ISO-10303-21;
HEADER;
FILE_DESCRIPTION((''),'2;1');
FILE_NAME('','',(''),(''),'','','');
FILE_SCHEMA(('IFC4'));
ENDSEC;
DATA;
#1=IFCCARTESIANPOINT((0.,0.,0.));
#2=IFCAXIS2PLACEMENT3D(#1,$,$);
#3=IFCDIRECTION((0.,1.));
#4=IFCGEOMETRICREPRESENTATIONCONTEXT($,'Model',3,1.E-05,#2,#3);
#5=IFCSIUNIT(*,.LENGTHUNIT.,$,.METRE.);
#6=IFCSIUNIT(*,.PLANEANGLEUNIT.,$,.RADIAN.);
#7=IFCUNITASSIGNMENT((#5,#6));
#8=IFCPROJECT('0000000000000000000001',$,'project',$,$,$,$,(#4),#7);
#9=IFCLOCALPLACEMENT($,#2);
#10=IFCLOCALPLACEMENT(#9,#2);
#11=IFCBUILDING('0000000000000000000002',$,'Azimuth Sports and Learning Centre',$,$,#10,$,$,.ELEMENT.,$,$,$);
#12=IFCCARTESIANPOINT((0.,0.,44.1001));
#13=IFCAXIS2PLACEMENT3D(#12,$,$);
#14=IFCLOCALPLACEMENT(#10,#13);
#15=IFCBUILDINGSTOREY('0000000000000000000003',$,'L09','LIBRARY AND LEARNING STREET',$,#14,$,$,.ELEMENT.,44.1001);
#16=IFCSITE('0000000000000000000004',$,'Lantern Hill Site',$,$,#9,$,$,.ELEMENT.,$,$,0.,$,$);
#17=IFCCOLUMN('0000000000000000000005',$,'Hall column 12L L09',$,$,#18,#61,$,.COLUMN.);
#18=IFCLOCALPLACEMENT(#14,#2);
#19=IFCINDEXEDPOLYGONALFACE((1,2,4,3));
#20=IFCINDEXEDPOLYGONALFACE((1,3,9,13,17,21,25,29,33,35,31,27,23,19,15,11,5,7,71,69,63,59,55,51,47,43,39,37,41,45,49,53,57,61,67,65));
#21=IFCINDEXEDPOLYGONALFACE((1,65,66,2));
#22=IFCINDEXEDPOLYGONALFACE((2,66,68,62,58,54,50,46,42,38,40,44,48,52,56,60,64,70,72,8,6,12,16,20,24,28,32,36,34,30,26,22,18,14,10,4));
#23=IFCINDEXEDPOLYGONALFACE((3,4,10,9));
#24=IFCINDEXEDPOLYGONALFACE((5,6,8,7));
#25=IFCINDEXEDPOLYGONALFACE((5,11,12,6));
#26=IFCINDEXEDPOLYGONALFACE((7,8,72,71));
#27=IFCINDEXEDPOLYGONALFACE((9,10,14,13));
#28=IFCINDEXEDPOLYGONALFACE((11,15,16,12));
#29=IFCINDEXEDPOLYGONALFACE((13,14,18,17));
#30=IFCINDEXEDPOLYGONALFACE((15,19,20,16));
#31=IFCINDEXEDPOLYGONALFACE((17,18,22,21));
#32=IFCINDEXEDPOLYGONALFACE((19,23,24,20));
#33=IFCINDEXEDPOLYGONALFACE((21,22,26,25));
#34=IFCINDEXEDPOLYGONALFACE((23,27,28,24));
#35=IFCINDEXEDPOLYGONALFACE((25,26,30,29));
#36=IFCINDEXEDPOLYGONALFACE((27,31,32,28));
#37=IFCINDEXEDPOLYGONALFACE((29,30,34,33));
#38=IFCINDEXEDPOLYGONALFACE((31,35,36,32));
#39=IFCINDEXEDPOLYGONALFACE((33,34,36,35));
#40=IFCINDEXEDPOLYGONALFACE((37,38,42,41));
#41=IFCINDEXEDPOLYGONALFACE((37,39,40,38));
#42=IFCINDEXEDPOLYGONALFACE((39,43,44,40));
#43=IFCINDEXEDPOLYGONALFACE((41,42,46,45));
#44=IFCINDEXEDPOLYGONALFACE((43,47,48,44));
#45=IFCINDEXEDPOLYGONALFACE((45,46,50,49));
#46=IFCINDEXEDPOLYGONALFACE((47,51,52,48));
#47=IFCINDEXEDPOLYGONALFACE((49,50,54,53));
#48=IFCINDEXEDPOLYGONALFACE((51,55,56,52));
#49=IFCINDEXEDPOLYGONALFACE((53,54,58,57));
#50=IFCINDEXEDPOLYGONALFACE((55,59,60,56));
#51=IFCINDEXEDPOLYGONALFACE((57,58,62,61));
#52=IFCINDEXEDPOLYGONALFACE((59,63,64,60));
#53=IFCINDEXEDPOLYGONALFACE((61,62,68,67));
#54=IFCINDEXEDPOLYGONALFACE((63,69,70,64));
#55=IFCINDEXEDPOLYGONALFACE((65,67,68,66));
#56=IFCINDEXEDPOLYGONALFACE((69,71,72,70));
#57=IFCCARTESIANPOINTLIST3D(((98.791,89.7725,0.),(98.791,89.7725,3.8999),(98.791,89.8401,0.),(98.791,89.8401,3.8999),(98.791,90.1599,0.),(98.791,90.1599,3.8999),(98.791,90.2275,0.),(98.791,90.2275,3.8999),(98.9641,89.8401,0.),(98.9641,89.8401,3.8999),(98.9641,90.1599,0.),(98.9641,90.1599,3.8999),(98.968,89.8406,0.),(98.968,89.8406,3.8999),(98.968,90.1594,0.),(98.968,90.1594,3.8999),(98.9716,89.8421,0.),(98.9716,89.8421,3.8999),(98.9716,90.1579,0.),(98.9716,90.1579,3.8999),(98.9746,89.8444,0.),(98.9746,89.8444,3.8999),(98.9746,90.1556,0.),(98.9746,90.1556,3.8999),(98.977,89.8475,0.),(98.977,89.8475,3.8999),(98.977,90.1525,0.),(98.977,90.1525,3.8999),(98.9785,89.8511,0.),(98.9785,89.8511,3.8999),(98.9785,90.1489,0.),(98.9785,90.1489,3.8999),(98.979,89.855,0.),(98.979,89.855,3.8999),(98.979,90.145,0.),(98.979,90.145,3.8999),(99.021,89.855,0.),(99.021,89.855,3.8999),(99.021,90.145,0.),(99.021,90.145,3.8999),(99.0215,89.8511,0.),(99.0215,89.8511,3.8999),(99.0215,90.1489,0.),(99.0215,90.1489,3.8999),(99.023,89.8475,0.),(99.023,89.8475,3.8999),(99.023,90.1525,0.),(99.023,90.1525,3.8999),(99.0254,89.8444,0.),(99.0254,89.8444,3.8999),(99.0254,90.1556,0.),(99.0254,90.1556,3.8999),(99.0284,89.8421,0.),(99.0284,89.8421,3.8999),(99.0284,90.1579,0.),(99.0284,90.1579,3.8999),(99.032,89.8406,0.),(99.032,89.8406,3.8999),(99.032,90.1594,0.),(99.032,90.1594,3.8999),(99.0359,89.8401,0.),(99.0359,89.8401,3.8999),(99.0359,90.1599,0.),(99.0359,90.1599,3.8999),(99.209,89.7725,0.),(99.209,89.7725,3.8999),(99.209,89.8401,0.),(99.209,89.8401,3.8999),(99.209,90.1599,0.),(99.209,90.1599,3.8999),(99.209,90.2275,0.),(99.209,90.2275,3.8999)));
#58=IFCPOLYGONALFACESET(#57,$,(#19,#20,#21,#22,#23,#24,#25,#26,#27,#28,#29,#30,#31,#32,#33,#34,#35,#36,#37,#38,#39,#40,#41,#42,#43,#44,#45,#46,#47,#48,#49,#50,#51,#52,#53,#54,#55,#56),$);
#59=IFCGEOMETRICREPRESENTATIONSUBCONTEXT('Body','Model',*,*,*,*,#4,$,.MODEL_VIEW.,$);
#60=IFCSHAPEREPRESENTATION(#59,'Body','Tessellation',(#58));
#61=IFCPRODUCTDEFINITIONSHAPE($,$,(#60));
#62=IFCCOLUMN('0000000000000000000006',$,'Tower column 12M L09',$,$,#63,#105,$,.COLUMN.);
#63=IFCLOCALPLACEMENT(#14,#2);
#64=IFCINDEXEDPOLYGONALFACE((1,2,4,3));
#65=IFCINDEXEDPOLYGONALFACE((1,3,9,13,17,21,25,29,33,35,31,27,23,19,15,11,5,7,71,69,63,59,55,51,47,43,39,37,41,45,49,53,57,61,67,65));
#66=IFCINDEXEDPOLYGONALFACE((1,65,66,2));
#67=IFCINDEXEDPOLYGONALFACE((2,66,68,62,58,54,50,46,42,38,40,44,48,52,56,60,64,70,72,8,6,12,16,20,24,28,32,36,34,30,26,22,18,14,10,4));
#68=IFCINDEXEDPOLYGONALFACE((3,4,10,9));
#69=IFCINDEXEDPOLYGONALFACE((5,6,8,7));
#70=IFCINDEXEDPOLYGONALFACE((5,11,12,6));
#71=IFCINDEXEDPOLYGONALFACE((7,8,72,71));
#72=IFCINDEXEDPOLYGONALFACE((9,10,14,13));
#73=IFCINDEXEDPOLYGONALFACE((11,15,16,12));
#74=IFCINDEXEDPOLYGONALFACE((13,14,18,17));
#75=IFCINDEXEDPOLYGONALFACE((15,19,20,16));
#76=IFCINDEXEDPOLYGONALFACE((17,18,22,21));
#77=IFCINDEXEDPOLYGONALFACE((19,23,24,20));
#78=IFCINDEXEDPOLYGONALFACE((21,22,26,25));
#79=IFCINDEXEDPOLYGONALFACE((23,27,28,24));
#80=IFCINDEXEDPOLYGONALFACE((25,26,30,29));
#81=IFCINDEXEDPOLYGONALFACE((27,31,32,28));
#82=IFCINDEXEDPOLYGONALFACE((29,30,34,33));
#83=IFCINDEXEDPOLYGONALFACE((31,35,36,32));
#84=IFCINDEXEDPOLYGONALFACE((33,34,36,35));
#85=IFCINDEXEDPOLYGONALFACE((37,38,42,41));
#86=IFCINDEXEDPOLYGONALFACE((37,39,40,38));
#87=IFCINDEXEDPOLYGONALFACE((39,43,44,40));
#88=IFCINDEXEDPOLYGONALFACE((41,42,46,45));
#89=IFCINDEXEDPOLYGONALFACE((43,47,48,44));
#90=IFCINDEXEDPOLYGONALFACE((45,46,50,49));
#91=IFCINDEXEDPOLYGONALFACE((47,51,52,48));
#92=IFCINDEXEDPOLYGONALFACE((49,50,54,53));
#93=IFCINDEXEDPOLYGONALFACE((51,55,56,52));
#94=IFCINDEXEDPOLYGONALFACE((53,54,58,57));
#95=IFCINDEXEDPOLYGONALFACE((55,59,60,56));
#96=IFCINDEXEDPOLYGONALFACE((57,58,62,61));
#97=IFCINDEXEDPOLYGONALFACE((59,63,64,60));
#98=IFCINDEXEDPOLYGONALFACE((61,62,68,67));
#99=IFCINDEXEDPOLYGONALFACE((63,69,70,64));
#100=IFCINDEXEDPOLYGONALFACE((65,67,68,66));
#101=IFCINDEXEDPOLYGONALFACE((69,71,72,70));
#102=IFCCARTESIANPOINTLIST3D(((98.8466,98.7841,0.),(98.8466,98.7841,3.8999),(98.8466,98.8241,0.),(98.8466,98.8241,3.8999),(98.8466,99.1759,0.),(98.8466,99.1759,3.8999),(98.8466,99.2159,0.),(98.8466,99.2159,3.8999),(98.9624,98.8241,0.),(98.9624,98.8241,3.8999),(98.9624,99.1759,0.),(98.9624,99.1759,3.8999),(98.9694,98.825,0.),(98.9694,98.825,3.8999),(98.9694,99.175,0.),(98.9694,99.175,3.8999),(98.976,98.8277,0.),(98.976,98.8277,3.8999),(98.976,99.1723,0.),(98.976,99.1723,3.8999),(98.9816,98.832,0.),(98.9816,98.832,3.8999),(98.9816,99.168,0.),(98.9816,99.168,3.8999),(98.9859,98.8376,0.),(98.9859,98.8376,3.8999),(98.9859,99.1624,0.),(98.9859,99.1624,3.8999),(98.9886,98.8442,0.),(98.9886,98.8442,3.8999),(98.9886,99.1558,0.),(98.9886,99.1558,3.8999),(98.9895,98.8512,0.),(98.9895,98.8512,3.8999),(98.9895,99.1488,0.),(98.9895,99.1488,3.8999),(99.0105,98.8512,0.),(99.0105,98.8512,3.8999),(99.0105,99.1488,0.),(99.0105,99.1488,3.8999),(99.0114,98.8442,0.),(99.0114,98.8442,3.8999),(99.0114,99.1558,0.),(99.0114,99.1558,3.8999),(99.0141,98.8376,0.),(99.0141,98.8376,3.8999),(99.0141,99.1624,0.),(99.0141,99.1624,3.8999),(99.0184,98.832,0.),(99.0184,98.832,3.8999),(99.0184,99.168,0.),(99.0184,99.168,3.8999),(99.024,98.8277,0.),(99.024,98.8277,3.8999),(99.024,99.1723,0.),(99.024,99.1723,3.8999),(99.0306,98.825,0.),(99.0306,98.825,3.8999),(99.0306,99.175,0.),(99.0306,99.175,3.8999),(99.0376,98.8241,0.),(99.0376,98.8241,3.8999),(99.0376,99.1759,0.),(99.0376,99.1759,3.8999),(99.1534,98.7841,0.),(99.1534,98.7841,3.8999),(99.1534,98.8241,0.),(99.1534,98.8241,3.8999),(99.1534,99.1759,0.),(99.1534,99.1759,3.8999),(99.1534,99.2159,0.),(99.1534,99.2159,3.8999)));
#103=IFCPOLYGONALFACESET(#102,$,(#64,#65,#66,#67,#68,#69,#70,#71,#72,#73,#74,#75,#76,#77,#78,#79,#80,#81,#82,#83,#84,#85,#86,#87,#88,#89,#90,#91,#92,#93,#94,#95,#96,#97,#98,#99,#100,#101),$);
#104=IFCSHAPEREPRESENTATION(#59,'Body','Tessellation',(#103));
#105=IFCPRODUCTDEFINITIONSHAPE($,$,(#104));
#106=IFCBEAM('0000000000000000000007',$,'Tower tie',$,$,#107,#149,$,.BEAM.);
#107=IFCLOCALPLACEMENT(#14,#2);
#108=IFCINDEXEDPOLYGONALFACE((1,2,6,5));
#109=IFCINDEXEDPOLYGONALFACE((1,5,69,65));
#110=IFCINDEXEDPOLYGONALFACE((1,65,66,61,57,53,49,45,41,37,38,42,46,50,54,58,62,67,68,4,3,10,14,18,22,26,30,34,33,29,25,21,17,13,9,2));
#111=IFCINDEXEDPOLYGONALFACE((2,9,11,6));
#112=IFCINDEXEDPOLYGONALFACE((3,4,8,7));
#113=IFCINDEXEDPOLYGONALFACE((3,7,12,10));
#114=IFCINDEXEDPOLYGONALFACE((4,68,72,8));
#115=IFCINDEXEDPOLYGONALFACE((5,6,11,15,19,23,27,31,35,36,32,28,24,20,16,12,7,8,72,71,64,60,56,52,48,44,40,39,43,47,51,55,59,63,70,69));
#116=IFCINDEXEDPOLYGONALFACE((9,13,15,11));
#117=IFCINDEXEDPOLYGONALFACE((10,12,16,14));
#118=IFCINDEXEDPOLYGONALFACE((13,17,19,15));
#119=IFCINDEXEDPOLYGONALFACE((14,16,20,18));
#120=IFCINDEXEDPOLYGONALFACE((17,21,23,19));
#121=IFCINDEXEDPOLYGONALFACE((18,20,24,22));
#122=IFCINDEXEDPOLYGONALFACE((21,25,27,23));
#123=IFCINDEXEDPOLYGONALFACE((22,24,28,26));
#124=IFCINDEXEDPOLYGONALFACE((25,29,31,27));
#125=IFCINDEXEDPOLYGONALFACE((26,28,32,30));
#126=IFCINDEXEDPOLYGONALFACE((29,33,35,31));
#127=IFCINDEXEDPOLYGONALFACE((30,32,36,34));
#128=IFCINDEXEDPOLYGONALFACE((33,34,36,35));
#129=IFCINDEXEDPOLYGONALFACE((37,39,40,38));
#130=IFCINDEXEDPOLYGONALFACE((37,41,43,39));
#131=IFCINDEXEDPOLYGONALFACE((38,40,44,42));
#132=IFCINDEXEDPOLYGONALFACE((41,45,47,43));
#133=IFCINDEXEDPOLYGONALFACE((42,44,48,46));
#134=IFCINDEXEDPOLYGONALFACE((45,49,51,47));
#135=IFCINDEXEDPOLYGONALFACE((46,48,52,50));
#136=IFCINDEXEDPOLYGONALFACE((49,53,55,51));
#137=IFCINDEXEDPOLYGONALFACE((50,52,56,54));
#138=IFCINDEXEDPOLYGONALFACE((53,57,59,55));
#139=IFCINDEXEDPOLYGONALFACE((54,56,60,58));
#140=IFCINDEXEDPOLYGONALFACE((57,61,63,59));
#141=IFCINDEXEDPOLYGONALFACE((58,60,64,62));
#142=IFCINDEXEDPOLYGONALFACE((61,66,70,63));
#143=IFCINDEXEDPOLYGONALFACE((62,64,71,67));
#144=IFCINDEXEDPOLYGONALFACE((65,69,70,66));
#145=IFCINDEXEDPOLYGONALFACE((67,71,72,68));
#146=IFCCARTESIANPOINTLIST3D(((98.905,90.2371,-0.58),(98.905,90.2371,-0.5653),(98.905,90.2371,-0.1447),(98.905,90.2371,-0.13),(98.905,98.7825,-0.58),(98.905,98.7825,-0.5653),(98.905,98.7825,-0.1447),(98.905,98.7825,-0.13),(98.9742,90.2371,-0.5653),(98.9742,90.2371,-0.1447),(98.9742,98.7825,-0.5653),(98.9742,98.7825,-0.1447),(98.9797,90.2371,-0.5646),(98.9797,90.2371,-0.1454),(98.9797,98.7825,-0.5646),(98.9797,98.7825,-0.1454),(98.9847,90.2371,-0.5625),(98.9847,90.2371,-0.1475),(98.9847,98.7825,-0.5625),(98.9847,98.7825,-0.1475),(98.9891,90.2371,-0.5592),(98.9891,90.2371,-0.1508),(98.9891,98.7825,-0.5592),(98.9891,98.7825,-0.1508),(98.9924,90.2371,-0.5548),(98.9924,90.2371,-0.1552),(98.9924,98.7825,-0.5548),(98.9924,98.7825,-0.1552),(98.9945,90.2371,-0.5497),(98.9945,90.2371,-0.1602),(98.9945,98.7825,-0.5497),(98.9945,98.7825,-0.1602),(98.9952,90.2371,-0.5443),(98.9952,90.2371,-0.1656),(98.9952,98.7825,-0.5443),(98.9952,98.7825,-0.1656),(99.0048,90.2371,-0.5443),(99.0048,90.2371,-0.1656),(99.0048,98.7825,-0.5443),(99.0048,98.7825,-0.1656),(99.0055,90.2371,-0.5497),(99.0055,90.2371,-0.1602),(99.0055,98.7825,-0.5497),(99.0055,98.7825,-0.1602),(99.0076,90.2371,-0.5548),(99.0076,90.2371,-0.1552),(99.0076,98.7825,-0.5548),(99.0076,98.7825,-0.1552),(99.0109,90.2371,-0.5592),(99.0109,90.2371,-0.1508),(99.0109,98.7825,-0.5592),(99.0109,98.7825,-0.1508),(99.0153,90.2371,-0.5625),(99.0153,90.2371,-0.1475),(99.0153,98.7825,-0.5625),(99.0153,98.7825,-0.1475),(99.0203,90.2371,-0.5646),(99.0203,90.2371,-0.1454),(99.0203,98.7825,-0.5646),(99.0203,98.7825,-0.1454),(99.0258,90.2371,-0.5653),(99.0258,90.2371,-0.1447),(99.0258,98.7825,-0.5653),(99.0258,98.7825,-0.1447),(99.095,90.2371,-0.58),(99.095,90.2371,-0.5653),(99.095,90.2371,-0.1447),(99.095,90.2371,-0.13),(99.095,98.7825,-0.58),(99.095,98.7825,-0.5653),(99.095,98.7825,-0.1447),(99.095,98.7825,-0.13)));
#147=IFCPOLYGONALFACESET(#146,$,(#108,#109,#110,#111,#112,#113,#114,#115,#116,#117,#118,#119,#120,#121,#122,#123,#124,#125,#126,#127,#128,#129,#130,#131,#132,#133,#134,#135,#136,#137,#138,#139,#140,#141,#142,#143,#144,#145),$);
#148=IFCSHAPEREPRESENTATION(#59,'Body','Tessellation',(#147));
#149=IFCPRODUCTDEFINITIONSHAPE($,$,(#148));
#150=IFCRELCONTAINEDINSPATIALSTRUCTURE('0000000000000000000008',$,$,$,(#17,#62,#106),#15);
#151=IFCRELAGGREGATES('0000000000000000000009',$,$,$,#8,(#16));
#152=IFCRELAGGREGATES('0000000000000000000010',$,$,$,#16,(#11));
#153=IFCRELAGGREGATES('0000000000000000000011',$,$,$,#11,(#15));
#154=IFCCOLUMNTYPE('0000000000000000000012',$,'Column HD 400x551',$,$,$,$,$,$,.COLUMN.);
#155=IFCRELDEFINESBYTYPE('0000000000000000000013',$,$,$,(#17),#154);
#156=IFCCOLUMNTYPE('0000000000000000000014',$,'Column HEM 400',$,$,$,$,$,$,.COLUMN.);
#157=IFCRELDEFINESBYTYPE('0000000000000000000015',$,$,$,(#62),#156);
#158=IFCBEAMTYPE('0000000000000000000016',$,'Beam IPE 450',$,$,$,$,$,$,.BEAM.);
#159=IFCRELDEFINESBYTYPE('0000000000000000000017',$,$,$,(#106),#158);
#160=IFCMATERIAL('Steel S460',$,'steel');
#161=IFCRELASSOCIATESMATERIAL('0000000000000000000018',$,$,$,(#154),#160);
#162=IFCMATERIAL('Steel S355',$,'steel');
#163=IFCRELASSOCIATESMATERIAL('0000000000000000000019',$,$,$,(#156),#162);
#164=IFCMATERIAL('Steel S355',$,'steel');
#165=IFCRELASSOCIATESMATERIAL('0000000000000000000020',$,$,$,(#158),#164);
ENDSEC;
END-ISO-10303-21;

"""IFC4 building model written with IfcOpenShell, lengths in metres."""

from ifc_helpers import new_model, si_unit, direction, frame, origin, origin_2d, place, context, subcontext, project, spatial, i_section, extrude, material, material_profile, profile_set, type_object, element, save


model = new_model("IFC4")

# Units and contexts
model_context = context("Model", 3, precision=1e-05, world=origin(), true_north=direction((0.0, 1.0)))
body_context = subcontext(model_context, "Body", "Model", "MODEL_VIEW")
ifc_project = project(units=[si_unit("LENGTHUNIT", "METRE"), si_unit("PLANEANGLEUNIT", "RADIAN")], contexts=[model_context])

# Site, building, storey
site_placement = place(None, origin())
site = spatial("IfcSite", under=ifc_project, at=site_placement, Name="Lantern Hill Site", CompositionType="ELEMENT", RefElevation=0.0)
building_placement = place(site_placement, origin())
building = spatial("IfcBuilding", under=site, at=building_placement, Name="Azimuth Sports and Learning Centre", CompositionType="ELEMENT")
storey_placement = place(building_placement, frame((0.0, 0.0, 44.1001)))
storey = spatial("IfcBuildingStorey", under=building, at=storey_placement, Name="L09", Description="LIBRARY AND LEARNING STREET", CompositionType="ELEMENT", Elevation=44.1001)

# Columns
ifc_material_1 = material(Name="Steel S460", Category="steel")
ifc_material_profile_1 = material_profile(ifc_material_1, i_section(OverallWidth=0.418, OverallDepth=0.4551, WebThickness=0.042, FlangeThickness=0.0676, FilletRadius=0.0149, at=origin_2d()), Name="HD 400x551")
ifc_profile_set_1 = profile_set([ifc_material_profile_1], Name="Steel S460")
column_type_1 = type_object("IfcColumnType", Name="Column HD 400x551", PredefinedType="COLUMN", material=ifc_profile_set_1)
column_1_placement = place(storey_placement, frame((99.0, 90.0, 0.0), z_axis=(0.0, 0.0, 1.0), x_axis=(1.0, 0.0, 0.0)))
element("IfcColumn", 1, at=column_1_placement, inside=storey, type_object=column_type_1, Name="Hall column 12L L09", PredefinedType="COLUMN", context=body_context, shape_type="SweptSolid", body=[
    extrude(i_section(OverallWidth=0.418, OverallDepth=0.4551, WebThickness=0.042, FlangeThickness=0.0676, FilletRadius=0.0149, at=origin_2d()), origin(), (0.0, 0.0, 1.0), 3.8999),
])
ifc_material_2 = material(Name="Steel S355", Category="steel")
ifc_material_profile_2 = material_profile(ifc_material_2, i_section(OverallWidth=0.3069, OverallDepth=0.4319, WebThickness=0.021, FlangeThickness=0.04, FilletRadius=0.0271, at=origin_2d()), Name="HEM 400")
ifc_profile_set_2 = profile_set([ifc_material_profile_2], Name="Steel S355")
column_type_2 = type_object("IfcColumnType", Name="Column HEM 400", PredefinedType="COLUMN", material=ifc_profile_set_2)
column_2_placement = place(storey_placement, frame((99.0, 99.0, 0.0), z_axis=(0.0, 0.0, 1.0), x_axis=(1.0, 0.0, 0.0)))
element("IfcColumn", 2, at=column_2_placement, inside=storey, type_object=column_type_2, Name="Tower column 12M L09", PredefinedType="COLUMN", context=body_context, shape_type="SweptSolid", body=[
    extrude(i_section(OverallWidth=0.3069, OverallDepth=0.4319, WebThickness=0.021, FlangeThickness=0.04, FilletRadius=0.0271, at=origin_2d()), origin(), (0.0, 0.0, 1.0), 3.8999),
])

# Beam
ifc_material_3 = material(Name="Steel S355", Category="steel")
ifc_material_profile_3 = material_profile(ifc_material_3, i_section(OverallWidth=0.1899, OverallDepth=0.45, WebThickness=0.0095, FlangeThickness=0.0146, FilletRadius=0.021, at=origin_2d()), Name="IPE 450")
ifc_profile_set_3 = profile_set([ifc_material_profile_3], Name="Steel S355")
beam_type_1 = type_object("IfcBeamType", Name="Beam IPE 450", PredefinedType="BEAM", material=ifc_profile_set_3)
beam_1_placement = place(storey_placement, frame((99.0, 90.2371, -0.355), z_axis=(0.0, 1.0, 0.0), x_axis=(-1.0, 0.0, 0.0)))
element("IfcBeam", 3, at=beam_1_placement, inside=storey, type_object=beam_type_1, Name="Tower tie", PredefinedType="BEAM", context=body_context, shape_type="SweptSolid", body=[
    extrude(i_section(OverallWidth=0.1899, OverallDepth=0.45, WebThickness=0.0095, FlangeThickness=0.0146, FilletRadius=0.021, at=origin_2d()), origin(), (0.0, 0.0, 1.0), 8.5454),
])

save(model, "model.ifc")
